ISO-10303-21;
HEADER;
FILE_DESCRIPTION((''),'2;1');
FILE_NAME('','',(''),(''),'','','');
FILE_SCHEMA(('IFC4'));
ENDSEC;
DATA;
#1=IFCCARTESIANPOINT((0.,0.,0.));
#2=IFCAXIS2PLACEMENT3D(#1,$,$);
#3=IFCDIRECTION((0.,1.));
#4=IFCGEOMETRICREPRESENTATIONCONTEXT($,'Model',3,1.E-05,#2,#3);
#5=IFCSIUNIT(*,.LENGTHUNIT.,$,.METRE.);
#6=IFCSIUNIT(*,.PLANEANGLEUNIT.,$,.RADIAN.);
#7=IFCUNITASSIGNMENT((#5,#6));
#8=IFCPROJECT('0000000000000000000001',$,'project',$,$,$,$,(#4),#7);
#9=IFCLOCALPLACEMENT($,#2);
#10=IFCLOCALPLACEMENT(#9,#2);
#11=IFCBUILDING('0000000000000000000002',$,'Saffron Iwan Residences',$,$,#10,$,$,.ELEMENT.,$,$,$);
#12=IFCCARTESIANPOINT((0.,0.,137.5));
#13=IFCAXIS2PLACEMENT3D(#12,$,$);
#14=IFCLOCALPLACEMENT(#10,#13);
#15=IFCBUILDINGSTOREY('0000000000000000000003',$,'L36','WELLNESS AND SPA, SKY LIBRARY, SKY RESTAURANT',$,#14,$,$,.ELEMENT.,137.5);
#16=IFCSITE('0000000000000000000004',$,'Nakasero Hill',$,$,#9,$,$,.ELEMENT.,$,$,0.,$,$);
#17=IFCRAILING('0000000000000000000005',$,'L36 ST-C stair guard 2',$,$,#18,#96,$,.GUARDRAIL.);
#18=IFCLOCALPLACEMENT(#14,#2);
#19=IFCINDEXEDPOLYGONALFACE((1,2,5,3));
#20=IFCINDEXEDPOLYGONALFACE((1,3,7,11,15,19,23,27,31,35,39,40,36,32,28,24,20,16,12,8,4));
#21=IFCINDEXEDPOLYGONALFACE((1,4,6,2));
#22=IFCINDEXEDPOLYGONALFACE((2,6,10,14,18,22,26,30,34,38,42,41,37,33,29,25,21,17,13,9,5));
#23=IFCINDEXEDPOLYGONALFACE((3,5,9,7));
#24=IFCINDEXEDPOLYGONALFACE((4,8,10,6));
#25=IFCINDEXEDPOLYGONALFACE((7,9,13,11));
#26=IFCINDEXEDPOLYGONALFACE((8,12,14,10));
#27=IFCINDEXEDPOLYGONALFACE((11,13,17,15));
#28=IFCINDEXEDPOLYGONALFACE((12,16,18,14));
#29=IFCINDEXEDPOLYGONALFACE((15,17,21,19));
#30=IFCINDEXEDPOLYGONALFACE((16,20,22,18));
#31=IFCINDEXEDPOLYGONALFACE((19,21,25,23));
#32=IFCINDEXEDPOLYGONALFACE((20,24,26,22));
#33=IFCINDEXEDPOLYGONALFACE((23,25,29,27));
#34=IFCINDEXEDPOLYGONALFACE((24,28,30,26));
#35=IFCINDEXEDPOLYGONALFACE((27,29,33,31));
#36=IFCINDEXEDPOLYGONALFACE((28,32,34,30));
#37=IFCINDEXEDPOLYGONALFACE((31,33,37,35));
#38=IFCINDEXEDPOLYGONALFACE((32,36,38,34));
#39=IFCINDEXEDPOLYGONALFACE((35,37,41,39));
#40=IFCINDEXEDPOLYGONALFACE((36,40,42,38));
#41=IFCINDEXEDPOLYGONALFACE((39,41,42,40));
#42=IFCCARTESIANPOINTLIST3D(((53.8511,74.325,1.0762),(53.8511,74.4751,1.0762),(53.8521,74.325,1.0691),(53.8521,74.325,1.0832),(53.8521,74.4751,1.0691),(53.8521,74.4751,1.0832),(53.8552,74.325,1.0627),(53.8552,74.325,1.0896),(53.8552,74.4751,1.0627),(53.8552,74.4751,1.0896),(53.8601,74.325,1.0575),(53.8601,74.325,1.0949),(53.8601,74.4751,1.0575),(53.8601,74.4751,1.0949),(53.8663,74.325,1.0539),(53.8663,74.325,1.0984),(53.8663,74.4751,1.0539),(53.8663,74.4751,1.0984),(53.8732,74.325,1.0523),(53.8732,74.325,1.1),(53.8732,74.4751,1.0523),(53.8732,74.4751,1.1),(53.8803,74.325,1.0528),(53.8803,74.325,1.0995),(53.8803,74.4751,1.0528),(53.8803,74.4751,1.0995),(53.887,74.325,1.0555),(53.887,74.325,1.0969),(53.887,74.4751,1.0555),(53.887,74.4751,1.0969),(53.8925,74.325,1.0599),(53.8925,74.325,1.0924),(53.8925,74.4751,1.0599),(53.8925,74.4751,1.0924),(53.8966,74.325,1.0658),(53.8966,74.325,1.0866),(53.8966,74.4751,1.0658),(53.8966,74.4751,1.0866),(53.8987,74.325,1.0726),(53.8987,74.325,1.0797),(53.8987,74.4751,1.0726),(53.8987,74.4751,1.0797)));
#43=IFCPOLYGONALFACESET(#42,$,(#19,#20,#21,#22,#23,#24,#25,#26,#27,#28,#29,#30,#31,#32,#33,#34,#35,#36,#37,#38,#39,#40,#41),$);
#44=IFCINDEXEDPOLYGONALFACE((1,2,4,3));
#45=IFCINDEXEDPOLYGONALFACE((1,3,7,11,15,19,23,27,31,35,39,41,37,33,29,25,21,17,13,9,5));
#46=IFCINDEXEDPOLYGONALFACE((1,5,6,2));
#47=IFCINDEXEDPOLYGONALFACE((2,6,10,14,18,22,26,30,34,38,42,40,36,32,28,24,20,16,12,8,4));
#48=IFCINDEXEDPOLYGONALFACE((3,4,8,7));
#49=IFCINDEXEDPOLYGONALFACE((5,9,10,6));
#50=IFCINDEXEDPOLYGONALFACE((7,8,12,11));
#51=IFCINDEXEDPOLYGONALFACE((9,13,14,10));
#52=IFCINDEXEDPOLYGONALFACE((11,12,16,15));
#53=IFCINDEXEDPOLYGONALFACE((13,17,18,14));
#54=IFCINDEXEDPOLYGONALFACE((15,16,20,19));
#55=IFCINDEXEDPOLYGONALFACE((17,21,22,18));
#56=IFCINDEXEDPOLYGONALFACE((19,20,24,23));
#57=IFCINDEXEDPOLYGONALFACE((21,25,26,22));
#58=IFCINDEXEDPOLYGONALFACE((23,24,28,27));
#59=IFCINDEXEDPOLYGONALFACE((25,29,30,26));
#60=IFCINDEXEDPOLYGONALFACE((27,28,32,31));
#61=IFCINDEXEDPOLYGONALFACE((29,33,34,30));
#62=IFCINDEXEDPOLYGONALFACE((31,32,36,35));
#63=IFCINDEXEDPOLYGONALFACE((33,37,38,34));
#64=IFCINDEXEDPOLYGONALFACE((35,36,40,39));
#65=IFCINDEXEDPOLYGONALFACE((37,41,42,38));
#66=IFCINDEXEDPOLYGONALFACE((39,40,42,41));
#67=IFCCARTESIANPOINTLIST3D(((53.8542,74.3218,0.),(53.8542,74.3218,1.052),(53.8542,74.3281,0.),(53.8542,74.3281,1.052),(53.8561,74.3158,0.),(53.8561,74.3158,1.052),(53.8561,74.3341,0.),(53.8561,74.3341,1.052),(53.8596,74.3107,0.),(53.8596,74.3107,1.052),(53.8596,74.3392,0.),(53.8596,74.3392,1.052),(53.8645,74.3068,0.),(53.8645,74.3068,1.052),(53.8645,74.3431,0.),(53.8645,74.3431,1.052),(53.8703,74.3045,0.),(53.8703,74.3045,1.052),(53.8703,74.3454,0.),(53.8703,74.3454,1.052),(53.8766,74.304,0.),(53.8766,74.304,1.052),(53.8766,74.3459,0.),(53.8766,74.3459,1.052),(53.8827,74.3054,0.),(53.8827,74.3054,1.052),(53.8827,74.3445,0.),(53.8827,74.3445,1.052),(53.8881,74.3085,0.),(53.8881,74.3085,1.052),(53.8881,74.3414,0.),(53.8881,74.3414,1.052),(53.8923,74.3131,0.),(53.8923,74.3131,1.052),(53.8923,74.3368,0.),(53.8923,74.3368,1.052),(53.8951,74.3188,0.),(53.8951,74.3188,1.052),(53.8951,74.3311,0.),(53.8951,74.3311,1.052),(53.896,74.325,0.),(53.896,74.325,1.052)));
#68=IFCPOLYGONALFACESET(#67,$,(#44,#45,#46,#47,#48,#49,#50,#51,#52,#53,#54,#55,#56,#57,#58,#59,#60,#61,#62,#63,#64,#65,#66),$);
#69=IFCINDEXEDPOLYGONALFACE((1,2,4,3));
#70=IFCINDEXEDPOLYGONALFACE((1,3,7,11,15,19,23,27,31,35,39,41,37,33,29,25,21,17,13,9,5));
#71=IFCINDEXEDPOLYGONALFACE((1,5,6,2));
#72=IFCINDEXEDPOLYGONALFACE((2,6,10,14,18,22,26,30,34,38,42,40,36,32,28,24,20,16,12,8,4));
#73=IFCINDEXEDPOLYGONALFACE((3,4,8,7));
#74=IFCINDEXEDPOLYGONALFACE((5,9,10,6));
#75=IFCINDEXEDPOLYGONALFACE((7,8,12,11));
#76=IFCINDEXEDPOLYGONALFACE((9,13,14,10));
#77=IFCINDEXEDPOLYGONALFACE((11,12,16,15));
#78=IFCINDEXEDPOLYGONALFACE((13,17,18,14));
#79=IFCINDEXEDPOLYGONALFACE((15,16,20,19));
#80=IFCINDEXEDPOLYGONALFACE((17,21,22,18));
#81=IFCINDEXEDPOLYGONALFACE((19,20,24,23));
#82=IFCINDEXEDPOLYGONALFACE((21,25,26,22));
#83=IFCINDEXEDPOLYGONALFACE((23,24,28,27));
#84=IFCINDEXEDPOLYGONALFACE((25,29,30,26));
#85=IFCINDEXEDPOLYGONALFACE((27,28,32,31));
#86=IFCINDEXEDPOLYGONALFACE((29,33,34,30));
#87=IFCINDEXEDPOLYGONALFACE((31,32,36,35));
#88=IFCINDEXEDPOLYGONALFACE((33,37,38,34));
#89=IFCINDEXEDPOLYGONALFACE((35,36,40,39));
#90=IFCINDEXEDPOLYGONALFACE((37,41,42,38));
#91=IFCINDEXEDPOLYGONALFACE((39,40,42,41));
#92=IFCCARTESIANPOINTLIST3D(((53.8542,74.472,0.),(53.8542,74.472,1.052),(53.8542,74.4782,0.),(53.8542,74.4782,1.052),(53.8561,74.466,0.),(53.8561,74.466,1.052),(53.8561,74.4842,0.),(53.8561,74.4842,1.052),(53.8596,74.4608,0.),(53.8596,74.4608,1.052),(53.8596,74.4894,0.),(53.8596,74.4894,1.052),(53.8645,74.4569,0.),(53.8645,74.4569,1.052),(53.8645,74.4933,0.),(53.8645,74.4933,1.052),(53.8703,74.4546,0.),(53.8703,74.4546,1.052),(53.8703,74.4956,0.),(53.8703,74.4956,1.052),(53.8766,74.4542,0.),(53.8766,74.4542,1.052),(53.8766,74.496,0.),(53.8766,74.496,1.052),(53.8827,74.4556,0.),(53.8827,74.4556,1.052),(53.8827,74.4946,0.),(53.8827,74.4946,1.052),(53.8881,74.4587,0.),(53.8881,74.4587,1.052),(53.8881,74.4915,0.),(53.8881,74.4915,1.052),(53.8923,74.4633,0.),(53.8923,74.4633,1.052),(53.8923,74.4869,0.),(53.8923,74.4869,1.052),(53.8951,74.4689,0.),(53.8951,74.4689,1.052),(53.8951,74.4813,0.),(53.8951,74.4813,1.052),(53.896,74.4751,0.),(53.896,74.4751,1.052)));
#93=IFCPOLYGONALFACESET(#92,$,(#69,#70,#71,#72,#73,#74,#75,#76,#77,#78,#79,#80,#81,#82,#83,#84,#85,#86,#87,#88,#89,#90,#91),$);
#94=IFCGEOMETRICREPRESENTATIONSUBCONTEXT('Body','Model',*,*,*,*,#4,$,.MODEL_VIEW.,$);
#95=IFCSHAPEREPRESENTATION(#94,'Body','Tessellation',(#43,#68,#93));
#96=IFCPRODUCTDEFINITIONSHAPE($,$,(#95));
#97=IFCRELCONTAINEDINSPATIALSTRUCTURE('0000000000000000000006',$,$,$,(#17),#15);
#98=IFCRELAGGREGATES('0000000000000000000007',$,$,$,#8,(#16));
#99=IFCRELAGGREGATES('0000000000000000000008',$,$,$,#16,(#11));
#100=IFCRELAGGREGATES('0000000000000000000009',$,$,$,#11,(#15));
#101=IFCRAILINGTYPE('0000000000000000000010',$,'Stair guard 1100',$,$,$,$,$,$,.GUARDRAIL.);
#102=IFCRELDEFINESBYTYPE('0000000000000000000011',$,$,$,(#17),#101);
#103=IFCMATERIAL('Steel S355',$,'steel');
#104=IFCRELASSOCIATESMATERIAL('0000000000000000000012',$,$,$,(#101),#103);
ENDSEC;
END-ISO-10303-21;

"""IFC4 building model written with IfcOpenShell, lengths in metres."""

from ifc_helpers import new_model, si_unit, direction, frame, origin, origin_2d, place, context, subcontext, project, spatial, circle, extrude, material, type_object, element, save


model = new_model("IFC4")

# Units and contexts
model_context = context("Model", 3, precision=1e-05, world=origin(), true_north=direction((0.0, 1.0)))
body_context = subcontext(model_context, "Body", "Model", "MODEL_VIEW")
ifc_project = project(units=[si_unit("LENGTHUNIT", "METRE"), si_unit("PLANEANGLEUNIT", "RADIAN")], contexts=[model_context])

# Site, building, storey
site_placement = place(None, origin())
site = spatial("IfcSite", under=ifc_project, at=site_placement, Name="Nakasero Hill", CompositionType="ELEMENT", RefElevation=0.0)
building_placement = place(site_placement, origin())
building = spatial("IfcBuilding", under=site, at=building_placement, Name="Saffron Iwan Residences", CompositionType="ELEMENT")
storey_placement = place(building_placement, frame((0.0, 0.0, 137.5)))
storey = spatial("IfcBuildingStorey", under=building, at=storey_placement, Name="L36", Description="WELLNESS AND SPA, SKY LIBRARY, SKY RESTAURANT", CompositionType="ELEMENT", Elevation=137.5)

# Railing
ifc_material_1 = material(Name="Steel S355", Category="steel")
railing_type_1 = type_object("IfcRailingType", Name="Stair guard 1100", PredefinedType="GUARDRAIL", material=ifc_material_1)
railing_1_placement = place(storey_placement, frame((53.875, 74.325, 0.0)))
element("IfcRailing", 1, at=railing_1_placement, inside=storey, type_object=railing_type_1, Name="L36 ST-C stair guard 2", PredefinedType="GUARDRAIL", context=body_context, shape_type="SweptSolid", body=[
    extrude(circle(Radius=0.0239, at=origin_2d()), frame((0.0, 0.0, 1.0762), z_axis=(0.0, 1.0, 0.0), x_axis=(-1.0, 0.0, 0.0)), (0.0, 0.0, 1.0), 0.1501),
    extrude(circle(Radius=0.021, at=origin_2d()), origin(), (0.0, 0.0, 1.0), 1.052),
    extrude(circle(Radius=0.021, at=origin_2d()), frame((0.0, 0.1501, 0.0)), (0.0, 0.0, 1.0), 1.052),
])

save(model, "model.ifc")
